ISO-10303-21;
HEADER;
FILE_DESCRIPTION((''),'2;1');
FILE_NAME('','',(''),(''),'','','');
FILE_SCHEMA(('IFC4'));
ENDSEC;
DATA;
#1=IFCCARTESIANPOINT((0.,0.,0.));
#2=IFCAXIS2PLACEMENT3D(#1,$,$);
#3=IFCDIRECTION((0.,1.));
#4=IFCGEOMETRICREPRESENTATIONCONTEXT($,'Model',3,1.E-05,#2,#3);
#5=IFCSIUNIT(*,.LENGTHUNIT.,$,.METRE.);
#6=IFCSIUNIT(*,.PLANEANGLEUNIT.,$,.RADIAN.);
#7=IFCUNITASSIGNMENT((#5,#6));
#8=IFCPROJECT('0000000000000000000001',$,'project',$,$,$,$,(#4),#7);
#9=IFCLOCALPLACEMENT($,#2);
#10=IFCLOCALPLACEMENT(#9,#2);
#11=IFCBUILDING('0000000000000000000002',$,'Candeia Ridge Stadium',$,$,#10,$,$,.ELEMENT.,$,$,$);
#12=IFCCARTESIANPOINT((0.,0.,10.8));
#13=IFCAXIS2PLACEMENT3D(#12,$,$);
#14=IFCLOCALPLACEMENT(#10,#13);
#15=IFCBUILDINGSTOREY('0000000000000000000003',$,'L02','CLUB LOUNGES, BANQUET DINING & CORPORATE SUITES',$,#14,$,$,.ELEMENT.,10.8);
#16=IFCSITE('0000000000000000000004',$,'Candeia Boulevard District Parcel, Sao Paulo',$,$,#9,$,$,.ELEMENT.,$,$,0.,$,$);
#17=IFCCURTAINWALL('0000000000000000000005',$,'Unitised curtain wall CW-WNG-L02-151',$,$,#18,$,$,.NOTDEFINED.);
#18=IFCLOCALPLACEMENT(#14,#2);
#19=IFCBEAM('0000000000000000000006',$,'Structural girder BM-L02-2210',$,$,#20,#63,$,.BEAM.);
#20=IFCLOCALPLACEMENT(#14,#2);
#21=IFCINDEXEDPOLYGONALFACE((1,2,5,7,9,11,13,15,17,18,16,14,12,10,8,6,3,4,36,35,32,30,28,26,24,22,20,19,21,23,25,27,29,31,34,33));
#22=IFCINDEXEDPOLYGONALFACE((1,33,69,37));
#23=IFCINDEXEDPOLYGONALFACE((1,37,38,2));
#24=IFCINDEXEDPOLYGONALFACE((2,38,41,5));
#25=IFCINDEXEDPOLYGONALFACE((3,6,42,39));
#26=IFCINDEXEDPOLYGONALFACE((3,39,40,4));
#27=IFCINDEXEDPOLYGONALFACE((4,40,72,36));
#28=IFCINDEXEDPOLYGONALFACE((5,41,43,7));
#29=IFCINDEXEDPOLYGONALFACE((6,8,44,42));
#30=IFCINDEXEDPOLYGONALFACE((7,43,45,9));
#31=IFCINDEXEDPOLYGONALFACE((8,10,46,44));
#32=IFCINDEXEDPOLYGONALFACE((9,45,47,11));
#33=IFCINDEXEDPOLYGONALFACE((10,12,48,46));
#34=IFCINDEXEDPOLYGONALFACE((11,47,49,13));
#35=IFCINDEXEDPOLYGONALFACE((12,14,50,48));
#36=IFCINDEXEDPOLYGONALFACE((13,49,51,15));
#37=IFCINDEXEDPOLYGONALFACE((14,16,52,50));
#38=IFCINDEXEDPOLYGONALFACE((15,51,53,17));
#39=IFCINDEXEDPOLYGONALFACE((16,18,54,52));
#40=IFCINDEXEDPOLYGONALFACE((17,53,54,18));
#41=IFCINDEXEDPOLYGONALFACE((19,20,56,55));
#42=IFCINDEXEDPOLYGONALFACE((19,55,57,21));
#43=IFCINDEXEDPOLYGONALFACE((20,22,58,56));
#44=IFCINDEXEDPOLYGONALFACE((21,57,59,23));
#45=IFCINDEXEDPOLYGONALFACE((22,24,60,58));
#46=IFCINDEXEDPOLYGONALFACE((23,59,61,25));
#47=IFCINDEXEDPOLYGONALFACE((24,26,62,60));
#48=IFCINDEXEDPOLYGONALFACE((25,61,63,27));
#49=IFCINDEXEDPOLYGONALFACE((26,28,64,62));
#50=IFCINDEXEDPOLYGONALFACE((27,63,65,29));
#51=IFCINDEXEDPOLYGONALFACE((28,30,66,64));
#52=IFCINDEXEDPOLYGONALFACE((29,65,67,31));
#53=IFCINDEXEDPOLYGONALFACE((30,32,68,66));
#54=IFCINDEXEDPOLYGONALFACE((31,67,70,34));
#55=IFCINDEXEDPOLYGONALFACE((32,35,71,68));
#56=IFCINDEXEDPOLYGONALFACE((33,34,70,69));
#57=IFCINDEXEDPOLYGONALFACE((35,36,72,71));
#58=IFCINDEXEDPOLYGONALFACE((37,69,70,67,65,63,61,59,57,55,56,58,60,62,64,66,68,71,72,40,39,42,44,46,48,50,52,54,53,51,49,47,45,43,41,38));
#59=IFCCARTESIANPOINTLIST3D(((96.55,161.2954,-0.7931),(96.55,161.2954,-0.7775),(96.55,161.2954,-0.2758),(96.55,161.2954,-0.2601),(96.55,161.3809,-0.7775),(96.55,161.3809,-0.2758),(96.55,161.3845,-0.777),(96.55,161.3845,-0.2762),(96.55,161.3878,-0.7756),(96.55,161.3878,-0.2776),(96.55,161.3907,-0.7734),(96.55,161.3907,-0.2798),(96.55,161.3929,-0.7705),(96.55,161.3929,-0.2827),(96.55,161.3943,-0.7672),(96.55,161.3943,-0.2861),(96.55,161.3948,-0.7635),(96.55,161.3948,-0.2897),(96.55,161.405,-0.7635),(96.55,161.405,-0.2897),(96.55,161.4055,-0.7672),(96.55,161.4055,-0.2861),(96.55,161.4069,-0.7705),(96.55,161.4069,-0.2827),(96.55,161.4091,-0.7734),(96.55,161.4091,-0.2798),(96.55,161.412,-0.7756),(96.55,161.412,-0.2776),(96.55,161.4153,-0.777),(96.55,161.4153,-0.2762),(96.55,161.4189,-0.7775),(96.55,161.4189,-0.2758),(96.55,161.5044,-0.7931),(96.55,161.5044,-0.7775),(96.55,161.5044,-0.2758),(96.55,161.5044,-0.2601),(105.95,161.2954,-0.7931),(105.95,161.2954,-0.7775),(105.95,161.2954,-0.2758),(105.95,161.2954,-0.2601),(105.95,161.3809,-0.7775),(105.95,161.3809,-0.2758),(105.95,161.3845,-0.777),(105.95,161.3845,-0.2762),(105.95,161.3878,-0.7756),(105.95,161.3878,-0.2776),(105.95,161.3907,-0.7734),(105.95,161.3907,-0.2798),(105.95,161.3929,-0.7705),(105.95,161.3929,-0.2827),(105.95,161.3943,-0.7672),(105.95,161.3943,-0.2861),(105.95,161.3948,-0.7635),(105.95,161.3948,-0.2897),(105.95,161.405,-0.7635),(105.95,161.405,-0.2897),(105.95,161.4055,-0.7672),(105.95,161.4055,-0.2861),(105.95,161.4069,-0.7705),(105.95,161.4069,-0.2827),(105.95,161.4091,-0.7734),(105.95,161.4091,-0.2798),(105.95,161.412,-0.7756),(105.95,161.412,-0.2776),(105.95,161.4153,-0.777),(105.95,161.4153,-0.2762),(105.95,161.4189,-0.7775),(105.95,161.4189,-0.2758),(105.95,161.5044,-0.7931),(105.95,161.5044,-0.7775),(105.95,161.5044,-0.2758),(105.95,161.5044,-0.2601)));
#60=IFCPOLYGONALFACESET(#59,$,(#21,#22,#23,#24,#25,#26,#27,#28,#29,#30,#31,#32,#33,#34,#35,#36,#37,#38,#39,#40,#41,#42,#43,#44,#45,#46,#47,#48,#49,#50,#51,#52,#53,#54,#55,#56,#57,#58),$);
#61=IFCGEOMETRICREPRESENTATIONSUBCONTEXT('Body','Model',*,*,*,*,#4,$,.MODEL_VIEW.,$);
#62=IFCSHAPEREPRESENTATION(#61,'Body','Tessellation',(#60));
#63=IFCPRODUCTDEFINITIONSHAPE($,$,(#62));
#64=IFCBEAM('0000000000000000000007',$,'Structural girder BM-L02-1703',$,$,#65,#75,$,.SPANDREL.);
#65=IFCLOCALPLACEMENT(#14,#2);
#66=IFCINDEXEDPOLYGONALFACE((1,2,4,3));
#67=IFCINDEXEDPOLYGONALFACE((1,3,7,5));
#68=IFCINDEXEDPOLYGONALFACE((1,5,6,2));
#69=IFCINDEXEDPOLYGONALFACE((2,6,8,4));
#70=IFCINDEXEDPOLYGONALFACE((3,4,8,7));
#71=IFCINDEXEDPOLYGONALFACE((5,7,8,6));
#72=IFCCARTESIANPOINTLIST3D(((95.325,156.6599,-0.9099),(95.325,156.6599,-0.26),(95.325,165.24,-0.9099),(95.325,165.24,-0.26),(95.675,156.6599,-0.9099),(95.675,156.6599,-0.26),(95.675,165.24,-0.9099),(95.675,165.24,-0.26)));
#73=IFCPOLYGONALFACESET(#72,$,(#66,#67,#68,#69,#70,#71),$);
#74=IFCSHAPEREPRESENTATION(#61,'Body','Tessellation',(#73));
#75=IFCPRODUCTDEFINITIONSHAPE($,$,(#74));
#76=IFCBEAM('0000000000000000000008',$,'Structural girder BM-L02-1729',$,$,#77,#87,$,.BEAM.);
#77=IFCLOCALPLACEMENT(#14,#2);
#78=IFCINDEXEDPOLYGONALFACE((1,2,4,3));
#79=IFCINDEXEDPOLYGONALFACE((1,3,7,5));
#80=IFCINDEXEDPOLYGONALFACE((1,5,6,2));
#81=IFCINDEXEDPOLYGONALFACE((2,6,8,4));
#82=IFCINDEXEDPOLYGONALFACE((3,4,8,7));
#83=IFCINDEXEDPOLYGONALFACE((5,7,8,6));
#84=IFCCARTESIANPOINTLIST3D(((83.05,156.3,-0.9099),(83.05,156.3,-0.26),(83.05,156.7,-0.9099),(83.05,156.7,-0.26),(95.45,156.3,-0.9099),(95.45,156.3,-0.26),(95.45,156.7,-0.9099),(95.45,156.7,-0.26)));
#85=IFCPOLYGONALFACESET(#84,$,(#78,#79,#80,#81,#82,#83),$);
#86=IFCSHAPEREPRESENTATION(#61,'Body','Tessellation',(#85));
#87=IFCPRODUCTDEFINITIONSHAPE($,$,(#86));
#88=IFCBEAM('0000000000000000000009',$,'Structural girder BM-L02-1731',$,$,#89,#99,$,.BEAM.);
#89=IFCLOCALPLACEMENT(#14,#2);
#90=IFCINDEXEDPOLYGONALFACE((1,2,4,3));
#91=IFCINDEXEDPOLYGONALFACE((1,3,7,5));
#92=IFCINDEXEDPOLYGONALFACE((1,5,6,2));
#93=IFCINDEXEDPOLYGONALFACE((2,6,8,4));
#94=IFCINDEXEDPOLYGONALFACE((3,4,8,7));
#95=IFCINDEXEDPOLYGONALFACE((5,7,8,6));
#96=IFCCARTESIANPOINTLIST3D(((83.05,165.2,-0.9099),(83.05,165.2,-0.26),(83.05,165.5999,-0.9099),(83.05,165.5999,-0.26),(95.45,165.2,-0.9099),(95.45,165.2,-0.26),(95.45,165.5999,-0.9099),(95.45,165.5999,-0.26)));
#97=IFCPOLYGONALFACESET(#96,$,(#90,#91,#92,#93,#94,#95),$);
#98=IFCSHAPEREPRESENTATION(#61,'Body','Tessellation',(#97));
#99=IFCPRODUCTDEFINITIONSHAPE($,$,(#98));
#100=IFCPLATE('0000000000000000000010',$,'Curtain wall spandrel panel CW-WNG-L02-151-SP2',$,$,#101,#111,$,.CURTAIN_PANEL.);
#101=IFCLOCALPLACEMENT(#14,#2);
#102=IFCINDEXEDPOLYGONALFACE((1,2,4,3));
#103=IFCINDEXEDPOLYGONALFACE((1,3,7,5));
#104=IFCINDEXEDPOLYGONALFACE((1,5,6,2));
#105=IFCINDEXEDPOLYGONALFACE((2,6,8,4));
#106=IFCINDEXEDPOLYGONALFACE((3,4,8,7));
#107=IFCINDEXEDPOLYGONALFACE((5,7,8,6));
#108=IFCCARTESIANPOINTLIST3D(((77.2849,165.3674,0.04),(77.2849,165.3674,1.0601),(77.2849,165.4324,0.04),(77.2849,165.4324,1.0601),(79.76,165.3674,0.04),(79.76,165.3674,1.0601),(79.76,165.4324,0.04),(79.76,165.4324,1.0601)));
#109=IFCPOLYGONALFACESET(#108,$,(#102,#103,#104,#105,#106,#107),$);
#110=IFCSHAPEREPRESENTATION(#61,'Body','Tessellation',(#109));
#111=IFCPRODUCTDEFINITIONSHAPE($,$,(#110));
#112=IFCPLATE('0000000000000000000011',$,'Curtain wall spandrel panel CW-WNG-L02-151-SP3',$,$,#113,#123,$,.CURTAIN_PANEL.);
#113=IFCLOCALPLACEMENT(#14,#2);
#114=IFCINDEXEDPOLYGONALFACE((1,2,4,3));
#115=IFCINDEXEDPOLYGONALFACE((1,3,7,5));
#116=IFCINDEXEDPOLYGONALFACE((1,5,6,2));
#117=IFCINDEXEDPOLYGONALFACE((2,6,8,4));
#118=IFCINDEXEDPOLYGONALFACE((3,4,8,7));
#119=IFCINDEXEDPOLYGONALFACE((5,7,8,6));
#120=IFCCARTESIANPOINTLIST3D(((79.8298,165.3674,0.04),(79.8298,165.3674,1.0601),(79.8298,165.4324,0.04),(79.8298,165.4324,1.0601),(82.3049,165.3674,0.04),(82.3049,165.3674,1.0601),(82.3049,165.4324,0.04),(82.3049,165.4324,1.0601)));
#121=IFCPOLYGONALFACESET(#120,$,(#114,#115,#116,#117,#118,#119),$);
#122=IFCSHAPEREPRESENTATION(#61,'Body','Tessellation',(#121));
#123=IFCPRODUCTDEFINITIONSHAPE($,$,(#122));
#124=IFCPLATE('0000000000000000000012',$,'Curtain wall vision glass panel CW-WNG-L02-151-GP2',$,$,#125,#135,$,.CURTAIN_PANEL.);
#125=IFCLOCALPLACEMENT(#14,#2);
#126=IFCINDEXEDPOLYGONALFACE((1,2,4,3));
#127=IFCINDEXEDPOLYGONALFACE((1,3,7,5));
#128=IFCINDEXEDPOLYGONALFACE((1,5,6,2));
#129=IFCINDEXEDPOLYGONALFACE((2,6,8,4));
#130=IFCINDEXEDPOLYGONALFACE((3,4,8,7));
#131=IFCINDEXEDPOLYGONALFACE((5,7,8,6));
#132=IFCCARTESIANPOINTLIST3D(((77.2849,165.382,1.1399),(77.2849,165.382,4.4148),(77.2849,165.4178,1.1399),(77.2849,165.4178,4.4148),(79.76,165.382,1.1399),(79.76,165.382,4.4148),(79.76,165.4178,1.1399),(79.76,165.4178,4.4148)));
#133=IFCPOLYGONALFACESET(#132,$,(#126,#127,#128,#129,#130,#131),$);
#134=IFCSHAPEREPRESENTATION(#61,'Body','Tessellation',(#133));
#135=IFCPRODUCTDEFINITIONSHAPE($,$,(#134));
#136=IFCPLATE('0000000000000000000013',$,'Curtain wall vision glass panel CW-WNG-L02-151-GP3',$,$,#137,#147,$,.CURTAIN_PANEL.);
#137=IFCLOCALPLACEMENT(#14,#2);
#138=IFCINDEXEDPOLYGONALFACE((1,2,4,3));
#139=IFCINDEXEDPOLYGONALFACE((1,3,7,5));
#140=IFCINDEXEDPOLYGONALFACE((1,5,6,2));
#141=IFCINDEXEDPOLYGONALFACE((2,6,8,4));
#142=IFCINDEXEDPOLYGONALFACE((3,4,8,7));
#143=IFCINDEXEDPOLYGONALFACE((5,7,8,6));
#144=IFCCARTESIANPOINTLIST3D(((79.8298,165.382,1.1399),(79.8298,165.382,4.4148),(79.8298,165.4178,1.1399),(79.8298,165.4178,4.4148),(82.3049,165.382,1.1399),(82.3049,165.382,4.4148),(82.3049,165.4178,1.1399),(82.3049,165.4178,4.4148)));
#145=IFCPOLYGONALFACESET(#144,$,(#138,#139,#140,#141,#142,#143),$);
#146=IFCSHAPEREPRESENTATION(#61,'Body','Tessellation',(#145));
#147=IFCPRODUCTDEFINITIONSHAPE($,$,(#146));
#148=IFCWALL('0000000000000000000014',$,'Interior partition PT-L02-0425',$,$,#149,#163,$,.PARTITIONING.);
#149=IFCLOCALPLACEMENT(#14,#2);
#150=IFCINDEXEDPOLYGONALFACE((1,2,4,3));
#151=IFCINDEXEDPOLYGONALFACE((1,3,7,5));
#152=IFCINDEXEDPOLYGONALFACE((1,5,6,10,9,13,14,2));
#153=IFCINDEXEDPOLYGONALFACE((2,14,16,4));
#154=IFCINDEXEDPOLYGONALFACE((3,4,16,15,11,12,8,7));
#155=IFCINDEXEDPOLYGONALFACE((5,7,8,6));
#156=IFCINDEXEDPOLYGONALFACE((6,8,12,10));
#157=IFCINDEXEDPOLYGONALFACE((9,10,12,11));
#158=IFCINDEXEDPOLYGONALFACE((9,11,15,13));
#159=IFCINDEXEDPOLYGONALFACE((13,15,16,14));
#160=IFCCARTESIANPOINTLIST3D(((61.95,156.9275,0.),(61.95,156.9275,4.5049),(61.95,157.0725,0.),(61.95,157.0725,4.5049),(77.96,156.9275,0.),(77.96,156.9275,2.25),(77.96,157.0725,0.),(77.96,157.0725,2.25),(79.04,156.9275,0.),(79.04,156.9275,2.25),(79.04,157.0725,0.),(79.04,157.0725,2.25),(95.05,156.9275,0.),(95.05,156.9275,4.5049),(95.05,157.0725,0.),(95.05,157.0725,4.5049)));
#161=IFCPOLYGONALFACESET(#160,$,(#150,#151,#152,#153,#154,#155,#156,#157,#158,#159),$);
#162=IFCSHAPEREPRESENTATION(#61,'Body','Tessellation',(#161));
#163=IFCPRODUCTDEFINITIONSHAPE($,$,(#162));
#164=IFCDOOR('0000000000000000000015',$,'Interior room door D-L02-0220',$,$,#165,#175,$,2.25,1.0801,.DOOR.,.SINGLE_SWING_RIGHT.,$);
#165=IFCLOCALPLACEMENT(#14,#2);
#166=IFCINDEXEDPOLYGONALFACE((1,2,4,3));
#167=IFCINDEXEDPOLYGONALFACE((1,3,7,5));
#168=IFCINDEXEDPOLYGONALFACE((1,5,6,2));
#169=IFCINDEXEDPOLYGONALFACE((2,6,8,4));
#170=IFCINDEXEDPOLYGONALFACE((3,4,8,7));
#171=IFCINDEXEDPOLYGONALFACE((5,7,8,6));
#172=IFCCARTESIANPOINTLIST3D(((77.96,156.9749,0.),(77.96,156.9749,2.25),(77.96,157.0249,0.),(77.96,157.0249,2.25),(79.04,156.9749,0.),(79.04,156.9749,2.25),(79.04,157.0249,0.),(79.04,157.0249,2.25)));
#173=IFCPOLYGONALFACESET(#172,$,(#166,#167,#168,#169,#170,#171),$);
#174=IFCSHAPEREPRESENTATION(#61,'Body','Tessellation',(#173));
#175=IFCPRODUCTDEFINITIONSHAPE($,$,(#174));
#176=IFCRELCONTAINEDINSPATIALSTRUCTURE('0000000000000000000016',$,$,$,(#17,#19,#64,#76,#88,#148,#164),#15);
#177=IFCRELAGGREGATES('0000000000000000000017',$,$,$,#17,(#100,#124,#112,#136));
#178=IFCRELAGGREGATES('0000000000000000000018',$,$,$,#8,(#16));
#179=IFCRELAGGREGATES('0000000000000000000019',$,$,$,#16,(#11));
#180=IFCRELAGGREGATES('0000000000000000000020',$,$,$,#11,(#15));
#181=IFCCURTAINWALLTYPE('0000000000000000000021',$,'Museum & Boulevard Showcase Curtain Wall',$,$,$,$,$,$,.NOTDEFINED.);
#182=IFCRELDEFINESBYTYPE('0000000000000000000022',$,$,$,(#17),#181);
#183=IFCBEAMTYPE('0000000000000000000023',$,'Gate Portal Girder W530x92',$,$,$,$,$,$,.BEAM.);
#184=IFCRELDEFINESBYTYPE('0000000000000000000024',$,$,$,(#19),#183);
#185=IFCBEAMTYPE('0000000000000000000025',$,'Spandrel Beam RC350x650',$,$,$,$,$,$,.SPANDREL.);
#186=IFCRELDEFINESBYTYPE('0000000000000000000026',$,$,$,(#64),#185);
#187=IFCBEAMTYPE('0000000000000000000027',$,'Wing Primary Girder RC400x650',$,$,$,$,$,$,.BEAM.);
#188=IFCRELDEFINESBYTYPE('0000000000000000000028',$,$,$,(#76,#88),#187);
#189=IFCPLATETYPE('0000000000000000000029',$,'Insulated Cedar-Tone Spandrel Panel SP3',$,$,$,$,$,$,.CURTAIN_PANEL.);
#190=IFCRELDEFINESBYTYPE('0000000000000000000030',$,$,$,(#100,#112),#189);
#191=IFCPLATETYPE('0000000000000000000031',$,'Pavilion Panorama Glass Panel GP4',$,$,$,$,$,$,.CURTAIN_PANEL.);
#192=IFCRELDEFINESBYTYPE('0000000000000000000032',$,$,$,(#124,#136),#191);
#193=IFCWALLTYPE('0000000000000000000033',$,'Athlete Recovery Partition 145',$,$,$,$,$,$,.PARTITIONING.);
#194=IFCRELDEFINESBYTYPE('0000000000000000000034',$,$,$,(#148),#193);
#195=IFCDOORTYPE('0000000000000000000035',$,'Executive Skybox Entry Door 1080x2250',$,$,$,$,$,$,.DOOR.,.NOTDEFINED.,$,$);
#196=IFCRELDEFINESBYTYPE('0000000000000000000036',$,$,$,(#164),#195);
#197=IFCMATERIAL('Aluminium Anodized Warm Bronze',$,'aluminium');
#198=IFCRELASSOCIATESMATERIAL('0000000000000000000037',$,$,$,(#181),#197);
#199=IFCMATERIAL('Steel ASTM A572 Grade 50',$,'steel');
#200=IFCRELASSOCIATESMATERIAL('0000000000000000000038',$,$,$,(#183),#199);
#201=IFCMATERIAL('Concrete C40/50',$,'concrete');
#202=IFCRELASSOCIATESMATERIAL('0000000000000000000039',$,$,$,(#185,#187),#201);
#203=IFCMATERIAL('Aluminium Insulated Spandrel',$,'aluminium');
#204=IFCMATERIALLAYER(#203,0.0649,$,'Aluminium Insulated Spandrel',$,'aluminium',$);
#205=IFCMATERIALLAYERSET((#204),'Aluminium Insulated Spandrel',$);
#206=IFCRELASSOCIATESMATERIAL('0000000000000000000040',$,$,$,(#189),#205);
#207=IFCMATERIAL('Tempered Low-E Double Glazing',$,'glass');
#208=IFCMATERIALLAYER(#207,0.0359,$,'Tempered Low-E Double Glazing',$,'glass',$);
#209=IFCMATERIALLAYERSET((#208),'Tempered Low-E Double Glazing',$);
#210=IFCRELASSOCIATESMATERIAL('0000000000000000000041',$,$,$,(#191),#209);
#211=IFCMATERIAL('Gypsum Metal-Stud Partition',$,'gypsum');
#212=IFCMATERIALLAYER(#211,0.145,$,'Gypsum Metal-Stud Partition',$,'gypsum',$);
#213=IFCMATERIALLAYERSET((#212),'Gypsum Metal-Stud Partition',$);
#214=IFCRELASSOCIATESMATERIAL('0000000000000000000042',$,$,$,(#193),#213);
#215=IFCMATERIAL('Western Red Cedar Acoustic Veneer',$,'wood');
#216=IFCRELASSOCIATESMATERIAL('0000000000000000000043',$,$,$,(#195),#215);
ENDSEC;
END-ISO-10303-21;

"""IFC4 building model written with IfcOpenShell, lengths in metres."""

from ifc_helpers import new_model, si_unit, direction, frame, frame_2d, origin, origin_2d, place, context, subcontext, project, spatial, rectangle, i_section, extrude, material, layer, layer_set, material_profile, profile_set, type_object, element, fill, aggregate, save


model = new_model("IFC4")

# Units and contexts
model_context = context("Model", 3, precision=1e-05, world=origin(), true_north=direction((0.0, 1.0)))
body_context = subcontext(model_context, "Body", "Model", "MODEL_VIEW")
ifc_project = project(units=[si_unit("LENGTHUNIT", "METRE"), si_unit("PLANEANGLEUNIT", "RADIAN")], contexts=[model_context])

# Site, building, storey
site_placement = place(None, origin())
site = spatial("IfcSite", under=ifc_project, at=site_placement, Name="Candeia Boulevard District Parcel, Sao Paulo", CompositionType="ELEMENT", RefElevation=0.0)
building_placement = place(site_placement, origin())
building = spatial("IfcBuilding", under=site, at=building_placement, Name="Candeia Ridge Stadium", CompositionType="ELEMENT")
storey_placement = place(building_placement, frame((0.0, 0.0, 10.8)))
storey = spatial("IfcBuildingStorey", under=building, at=storey_placement, Name="L02", Description="CLUB LOUNGES, BANQUET DINING & CORPORATE SUITES", CompositionType="ELEMENT", Elevation=10.8)

# Shared definitions
ifc_material_1 = material(Name="Steel ASTM A572 Grade 50", Category="steel")
ifc_material_2 = material(Name="Concrete C40/50", Category="concrete")

# Curtain wall
ifc_material_3 = material(Name="Aluminium Anodized Warm Bronze", Category="aluminium")
curtain_wall_type = type_object("IfcCurtainWallType", Name="Museum & Boulevard Showcase Curtain Wall", PredefinedType="NOTDEFINED", material=ifc_material_3)
curtain_wall_placement = place(storey_placement, origin())
curtain_wall = element("IfcCurtainWall", 1, at=curtain_wall_placement, inside=storey, type_object=curtain_wall_type, Name="Unitised curtain wall CW-WNG-L02-151", PredefinedType="NOTDEFINED")

# Beams
ifc_material_profile_1 = material_profile(ifc_material_1, i_section(OverallWidth=0.209, OverallDepth=0.533, WebThickness=0.0103, FlangeThickness=0.0156, FilletRadius=0.0139, at=origin_2d()), Name="W530x92", Category="steel")
ifc_profile_set_1 = profile_set([ifc_material_profile_1], Name="Steel ASTM A572 Grade 50")
beam_type_1 = type_object("IfcBeamType", Name="Gate Portal Girder W530x92", PredefinedType="BEAM", material=ifc_profile_set_1)
beam_1_placement = place(storey_placement, frame((96.55, 161.3999, -0.5266), z_axis=(1.0, 0.0, 0.0), x_axis=(0.0, 1.0, 0.0)))
element("IfcBeam", 2, at=beam_1_placement, inside=storey, type_object=beam_type_1, Name="Structural girder BM-L02-2210", PredefinedType="BEAM", context=body_context, shape_type="SweptSolid", body=[
    extrude(i_section(OverallWidth=0.209, OverallDepth=0.533, WebThickness=0.0103, FlangeThickness=0.0156, FilletRadius=0.0139, at=origin_2d()), origin(), (0.0, 0.0, 1.0), 9.3999),
])
ifc_material_profile_2 = material_profile(ifc_material_2, rectangle(XDim=0.3501, YDim=0.6499, at=origin_2d()), Name="RC350x650", Category="concrete")
ifc_profile_set_2 = profile_set([ifc_material_profile_2], Name="Concrete C40/50")
beam_type_2 = type_object("IfcBeamType", Name="Spandrel Beam RC350x650", PredefinedType="SPANDREL", material=ifc_profile_set_2)
beam_2_placement = place(storey_placement, frame((95.5, 156.6599, -0.585), z_axis=(0.0, 1.0, 0.0), x_axis=(-1.0, 0.0, 0.0)))
element("IfcBeam", 3, at=beam_2_placement, inside=storey, type_object=beam_type_2, Name="Structural girder BM-L02-1703", PredefinedType="SPANDREL", context=body_context, shape_type="SweptSolid", body=[
    extrude(rectangle(XDim=0.3501, YDim=0.6499, at=origin_2d()), origin(), (0.0, 0.0, 1.0), 8.5801),
])
ifc_material_profile_3 = material_profile(ifc_material_2, rectangle(XDim=0.3999, YDim=0.6499, at=origin_2d()), Name="RC400x650", Category="concrete")
ifc_profile_set_3 = profile_set([ifc_material_profile_3], Name="Concrete C40/50")
beam_type_3 = type_object("IfcBeamType", Name="Wing Primary Girder RC400x650", PredefinedType="BEAM", material=ifc_profile_set_3)
for number, where, z_axis, x_axis, name in (
    (4, (83.05, 156.5, -0.585), (1.0, 0.0, 0.0), (0.0, 1.0, 0.0), "Structural girder BM-L02-1729"),
    (5, (83.05, 165.3999, -0.585), (1.0, 0.0, 0.0), (0.0, 1.0, 0.0), "Structural girder BM-L02-1731"),
):
    element("IfcBeam", number, at=place(storey_placement, frame(where, z_axis=z_axis, x_axis=x_axis)), inside=storey, type_object=beam_type_3, Name=name, PredefinedType="BEAM", context=body_context, shape_type="SweptSolid", body=[
        extrude(rectangle(XDim=0.3999, YDim=0.6499, at=origin_2d()), origin(), (0.0, 0.0, 1.0), 12.3999),
    ])

# Plates
ifc_material_4 = material(Name="Aluminium Insulated Spandrel", Category="aluminium")
ifc_layer_1 = layer(ifc_material_4, 0.0649, Name="Aluminium Insulated Spandrel", Category="aluminium")
ifc_layer_set_1 = layer_set([ifc_layer_1], Name="Aluminium Insulated Spandrel")
plate_type_1 = type_object("IfcPlateType", Name="Insulated Cedar-Tone Spandrel Panel SP3", PredefinedType="CURTAIN_PANEL", material=ifc_layer_set_1)
plate_1_placement = place(storey_placement, frame((78.5225, 165.3999, 0.04), z_axis=(0.0, 0.0, 1.0), x_axis=(1.0, 0.0, 0.0)))
plate_1 = element("IfcPlate", 6, at=plate_1_placement, type_object=plate_type_1, Name="Curtain wall spandrel panel CW-WNG-L02-151-SP2", PredefinedType="CURTAIN_PANEL", context=body_context, shape_type="SweptSolid", body=[
    extrude(rectangle(XDim=2.4751, YDim=0.0649, at=origin_2d()), origin(), (0.0, 0.0, 1.0), 1.02),
])
plate_2_placement = place(storey_placement, frame((81.0674, 165.3999, 0.04), z_axis=(0.0, 0.0, 1.0), x_axis=(1.0, 0.0, 0.0)))
plate_2 = element("IfcPlate", 7, at=plate_2_placement, type_object=plate_type_1, Name="Curtain wall spandrel panel CW-WNG-L02-151-SP3", PredefinedType="CURTAIN_PANEL", context=body_context, shape_type="SweptSolid", body=[
    extrude(rectangle(XDim=2.4751, YDim=0.0649, at=origin_2d()), origin(), (0.0, 0.0, 1.0), 1.02),
])
ifc_material_5 = material(Name="Tempered Low-E Double Glazing", Category="glass")
ifc_layer_2 = layer(ifc_material_5, 0.0359, Name="Tempered Low-E Double Glazing", Category="glass")
ifc_layer_set_2 = layer_set([ifc_layer_2], Name="Tempered Low-E Double Glazing")
plate_type_2 = type_object("IfcPlateType", Name="Pavilion Panorama Glass Panel GP4", PredefinedType="CURTAIN_PANEL", material=ifc_layer_set_2)
plate_3_placement = place(storey_placement, frame((78.5225, 165.3999, 1.1399), z_axis=(0.0, 0.0, 1.0), x_axis=(1.0, 0.0, 0.0)))
plate_3 = element("IfcPlate", 8, at=plate_3_placement, type_object=plate_type_2, Name="Curtain wall vision glass panel CW-WNG-L02-151-GP2", PredefinedType="CURTAIN_PANEL", context=body_context, shape_type="SweptSolid", body=[
    extrude(rectangle(XDim=2.4751, YDim=0.0359, at=origin_2d()), origin(), (0.0, 0.0, 1.0), 3.2749),
])
plate_4_placement = place(storey_placement, frame((81.0674, 165.3999, 1.1399), z_axis=(0.0, 0.0, 1.0), x_axis=(1.0, 0.0, 0.0)))
plate_4 = element("IfcPlate", 9, at=plate_4_placement, type_object=plate_type_2, Name="Curtain wall vision glass panel CW-WNG-L02-151-GP3", PredefinedType="CURTAIN_PANEL", context=body_context, shape_type="SweptSolid", body=[
    extrude(rectangle(XDim=2.4751, YDim=0.0359, at=origin_2d()), origin(), (0.0, 0.0, 1.0), 3.2749),
])
aggregate(curtain_wall, [plate_1, plate_3, plate_2, plate_4])

# Wall, opening, door
ifc_material_6 = material(Name="Gypsum Metal-Stud Partition", Category="gypsum")
ifc_layer_3 = layer(ifc_material_6, 0.145, Name="Gypsum Metal-Stud Partition", Category="gypsum")
ifc_layer_set_3 = layer_set([ifc_layer_3], Name="Gypsum Metal-Stud Partition")
wall_type_1 = type_object("IfcWallType", Name="Athlete Recovery Partition 145", PredefinedType="PARTITIONING", material=ifc_layer_set_3)
wall_1_placement = place(storey_placement, frame((95.05, 157.0, 0.0), z_axis=(0.0, 0.0, 1.0), x_axis=(-1.0, 0.0, 0.0)))
wall_1 = element("IfcWall", 10, at=wall_1_placement, inside=storey, type_object=wall_type_1, Name="Interior partition PT-L02-0425", PredefinedType="PARTITIONING", context=body_context, shape_type="SweptSolid", body=[
    extrude(rectangle(XDim=33.1001, YDim=0.145, at=frame_2d((16.55, 0.0))), origin(), (0.0, 0.0, 1.0), 4.5049),
])
opening_1_placement = place(wall_1_placement, frame((16.01, 0.0, 0.0)))
opening_1 = element("IfcOpeningElement", 11, at=opening_1_placement, cuts=wall_1, PredefinedType="OPENING", context=body_context, shape_type="SweptSolid", body=[
    extrude(rectangle(XDim=1.0801, YDim=2.25, at=frame_2d((0.54, 1.125))), frame((0.0, 0.0825, 0.0), z_axis=(0.0, -1.0, 0.0), x_axis=(1.0, 0.0, 0.0)), (0.0, 0.0, 1.0), 0.165),
])
ifc_material_7 = material(Name="Western Red Cedar Acoustic Veneer", Category="wood")
door_type = type_object("IfcDoorType", Name="Executive Skybox Entry Door 1080x2250", OperationType="NOTDEFINED", PredefinedType="DOOR", material=ifc_material_7)
door_placement = place(opening_1_placement, frame((1.0801, 0.0, 0.0), z_axis=(0.0, 0.0, 1.0), x_axis=(-1.0, 0.0, 0.0)))
door = element("IfcDoor", 12, at=door_placement, inside=storey, type_object=door_type, Name="Interior room door D-L02-0220", OperationType="SINGLE_SWING_RIGHT", OverallHeight=2.25, OverallWidth=1.0801, PredefinedType="DOOR", context=body_context, shape_type="SweptSolid", body=[
    extrude(rectangle(XDim=1.0801, YDim=2.25, at=frame_2d((0.54, 1.125))), frame((0.0, 0.0249, 0.0), z_axis=(0.0, -1.0, 0.0), x_axis=(1.0, 0.0, 0.0)), (0.0, 0.0, 1.0), 0.05),
])
fill(opening_1, door)

save(model, "model.ifc")
